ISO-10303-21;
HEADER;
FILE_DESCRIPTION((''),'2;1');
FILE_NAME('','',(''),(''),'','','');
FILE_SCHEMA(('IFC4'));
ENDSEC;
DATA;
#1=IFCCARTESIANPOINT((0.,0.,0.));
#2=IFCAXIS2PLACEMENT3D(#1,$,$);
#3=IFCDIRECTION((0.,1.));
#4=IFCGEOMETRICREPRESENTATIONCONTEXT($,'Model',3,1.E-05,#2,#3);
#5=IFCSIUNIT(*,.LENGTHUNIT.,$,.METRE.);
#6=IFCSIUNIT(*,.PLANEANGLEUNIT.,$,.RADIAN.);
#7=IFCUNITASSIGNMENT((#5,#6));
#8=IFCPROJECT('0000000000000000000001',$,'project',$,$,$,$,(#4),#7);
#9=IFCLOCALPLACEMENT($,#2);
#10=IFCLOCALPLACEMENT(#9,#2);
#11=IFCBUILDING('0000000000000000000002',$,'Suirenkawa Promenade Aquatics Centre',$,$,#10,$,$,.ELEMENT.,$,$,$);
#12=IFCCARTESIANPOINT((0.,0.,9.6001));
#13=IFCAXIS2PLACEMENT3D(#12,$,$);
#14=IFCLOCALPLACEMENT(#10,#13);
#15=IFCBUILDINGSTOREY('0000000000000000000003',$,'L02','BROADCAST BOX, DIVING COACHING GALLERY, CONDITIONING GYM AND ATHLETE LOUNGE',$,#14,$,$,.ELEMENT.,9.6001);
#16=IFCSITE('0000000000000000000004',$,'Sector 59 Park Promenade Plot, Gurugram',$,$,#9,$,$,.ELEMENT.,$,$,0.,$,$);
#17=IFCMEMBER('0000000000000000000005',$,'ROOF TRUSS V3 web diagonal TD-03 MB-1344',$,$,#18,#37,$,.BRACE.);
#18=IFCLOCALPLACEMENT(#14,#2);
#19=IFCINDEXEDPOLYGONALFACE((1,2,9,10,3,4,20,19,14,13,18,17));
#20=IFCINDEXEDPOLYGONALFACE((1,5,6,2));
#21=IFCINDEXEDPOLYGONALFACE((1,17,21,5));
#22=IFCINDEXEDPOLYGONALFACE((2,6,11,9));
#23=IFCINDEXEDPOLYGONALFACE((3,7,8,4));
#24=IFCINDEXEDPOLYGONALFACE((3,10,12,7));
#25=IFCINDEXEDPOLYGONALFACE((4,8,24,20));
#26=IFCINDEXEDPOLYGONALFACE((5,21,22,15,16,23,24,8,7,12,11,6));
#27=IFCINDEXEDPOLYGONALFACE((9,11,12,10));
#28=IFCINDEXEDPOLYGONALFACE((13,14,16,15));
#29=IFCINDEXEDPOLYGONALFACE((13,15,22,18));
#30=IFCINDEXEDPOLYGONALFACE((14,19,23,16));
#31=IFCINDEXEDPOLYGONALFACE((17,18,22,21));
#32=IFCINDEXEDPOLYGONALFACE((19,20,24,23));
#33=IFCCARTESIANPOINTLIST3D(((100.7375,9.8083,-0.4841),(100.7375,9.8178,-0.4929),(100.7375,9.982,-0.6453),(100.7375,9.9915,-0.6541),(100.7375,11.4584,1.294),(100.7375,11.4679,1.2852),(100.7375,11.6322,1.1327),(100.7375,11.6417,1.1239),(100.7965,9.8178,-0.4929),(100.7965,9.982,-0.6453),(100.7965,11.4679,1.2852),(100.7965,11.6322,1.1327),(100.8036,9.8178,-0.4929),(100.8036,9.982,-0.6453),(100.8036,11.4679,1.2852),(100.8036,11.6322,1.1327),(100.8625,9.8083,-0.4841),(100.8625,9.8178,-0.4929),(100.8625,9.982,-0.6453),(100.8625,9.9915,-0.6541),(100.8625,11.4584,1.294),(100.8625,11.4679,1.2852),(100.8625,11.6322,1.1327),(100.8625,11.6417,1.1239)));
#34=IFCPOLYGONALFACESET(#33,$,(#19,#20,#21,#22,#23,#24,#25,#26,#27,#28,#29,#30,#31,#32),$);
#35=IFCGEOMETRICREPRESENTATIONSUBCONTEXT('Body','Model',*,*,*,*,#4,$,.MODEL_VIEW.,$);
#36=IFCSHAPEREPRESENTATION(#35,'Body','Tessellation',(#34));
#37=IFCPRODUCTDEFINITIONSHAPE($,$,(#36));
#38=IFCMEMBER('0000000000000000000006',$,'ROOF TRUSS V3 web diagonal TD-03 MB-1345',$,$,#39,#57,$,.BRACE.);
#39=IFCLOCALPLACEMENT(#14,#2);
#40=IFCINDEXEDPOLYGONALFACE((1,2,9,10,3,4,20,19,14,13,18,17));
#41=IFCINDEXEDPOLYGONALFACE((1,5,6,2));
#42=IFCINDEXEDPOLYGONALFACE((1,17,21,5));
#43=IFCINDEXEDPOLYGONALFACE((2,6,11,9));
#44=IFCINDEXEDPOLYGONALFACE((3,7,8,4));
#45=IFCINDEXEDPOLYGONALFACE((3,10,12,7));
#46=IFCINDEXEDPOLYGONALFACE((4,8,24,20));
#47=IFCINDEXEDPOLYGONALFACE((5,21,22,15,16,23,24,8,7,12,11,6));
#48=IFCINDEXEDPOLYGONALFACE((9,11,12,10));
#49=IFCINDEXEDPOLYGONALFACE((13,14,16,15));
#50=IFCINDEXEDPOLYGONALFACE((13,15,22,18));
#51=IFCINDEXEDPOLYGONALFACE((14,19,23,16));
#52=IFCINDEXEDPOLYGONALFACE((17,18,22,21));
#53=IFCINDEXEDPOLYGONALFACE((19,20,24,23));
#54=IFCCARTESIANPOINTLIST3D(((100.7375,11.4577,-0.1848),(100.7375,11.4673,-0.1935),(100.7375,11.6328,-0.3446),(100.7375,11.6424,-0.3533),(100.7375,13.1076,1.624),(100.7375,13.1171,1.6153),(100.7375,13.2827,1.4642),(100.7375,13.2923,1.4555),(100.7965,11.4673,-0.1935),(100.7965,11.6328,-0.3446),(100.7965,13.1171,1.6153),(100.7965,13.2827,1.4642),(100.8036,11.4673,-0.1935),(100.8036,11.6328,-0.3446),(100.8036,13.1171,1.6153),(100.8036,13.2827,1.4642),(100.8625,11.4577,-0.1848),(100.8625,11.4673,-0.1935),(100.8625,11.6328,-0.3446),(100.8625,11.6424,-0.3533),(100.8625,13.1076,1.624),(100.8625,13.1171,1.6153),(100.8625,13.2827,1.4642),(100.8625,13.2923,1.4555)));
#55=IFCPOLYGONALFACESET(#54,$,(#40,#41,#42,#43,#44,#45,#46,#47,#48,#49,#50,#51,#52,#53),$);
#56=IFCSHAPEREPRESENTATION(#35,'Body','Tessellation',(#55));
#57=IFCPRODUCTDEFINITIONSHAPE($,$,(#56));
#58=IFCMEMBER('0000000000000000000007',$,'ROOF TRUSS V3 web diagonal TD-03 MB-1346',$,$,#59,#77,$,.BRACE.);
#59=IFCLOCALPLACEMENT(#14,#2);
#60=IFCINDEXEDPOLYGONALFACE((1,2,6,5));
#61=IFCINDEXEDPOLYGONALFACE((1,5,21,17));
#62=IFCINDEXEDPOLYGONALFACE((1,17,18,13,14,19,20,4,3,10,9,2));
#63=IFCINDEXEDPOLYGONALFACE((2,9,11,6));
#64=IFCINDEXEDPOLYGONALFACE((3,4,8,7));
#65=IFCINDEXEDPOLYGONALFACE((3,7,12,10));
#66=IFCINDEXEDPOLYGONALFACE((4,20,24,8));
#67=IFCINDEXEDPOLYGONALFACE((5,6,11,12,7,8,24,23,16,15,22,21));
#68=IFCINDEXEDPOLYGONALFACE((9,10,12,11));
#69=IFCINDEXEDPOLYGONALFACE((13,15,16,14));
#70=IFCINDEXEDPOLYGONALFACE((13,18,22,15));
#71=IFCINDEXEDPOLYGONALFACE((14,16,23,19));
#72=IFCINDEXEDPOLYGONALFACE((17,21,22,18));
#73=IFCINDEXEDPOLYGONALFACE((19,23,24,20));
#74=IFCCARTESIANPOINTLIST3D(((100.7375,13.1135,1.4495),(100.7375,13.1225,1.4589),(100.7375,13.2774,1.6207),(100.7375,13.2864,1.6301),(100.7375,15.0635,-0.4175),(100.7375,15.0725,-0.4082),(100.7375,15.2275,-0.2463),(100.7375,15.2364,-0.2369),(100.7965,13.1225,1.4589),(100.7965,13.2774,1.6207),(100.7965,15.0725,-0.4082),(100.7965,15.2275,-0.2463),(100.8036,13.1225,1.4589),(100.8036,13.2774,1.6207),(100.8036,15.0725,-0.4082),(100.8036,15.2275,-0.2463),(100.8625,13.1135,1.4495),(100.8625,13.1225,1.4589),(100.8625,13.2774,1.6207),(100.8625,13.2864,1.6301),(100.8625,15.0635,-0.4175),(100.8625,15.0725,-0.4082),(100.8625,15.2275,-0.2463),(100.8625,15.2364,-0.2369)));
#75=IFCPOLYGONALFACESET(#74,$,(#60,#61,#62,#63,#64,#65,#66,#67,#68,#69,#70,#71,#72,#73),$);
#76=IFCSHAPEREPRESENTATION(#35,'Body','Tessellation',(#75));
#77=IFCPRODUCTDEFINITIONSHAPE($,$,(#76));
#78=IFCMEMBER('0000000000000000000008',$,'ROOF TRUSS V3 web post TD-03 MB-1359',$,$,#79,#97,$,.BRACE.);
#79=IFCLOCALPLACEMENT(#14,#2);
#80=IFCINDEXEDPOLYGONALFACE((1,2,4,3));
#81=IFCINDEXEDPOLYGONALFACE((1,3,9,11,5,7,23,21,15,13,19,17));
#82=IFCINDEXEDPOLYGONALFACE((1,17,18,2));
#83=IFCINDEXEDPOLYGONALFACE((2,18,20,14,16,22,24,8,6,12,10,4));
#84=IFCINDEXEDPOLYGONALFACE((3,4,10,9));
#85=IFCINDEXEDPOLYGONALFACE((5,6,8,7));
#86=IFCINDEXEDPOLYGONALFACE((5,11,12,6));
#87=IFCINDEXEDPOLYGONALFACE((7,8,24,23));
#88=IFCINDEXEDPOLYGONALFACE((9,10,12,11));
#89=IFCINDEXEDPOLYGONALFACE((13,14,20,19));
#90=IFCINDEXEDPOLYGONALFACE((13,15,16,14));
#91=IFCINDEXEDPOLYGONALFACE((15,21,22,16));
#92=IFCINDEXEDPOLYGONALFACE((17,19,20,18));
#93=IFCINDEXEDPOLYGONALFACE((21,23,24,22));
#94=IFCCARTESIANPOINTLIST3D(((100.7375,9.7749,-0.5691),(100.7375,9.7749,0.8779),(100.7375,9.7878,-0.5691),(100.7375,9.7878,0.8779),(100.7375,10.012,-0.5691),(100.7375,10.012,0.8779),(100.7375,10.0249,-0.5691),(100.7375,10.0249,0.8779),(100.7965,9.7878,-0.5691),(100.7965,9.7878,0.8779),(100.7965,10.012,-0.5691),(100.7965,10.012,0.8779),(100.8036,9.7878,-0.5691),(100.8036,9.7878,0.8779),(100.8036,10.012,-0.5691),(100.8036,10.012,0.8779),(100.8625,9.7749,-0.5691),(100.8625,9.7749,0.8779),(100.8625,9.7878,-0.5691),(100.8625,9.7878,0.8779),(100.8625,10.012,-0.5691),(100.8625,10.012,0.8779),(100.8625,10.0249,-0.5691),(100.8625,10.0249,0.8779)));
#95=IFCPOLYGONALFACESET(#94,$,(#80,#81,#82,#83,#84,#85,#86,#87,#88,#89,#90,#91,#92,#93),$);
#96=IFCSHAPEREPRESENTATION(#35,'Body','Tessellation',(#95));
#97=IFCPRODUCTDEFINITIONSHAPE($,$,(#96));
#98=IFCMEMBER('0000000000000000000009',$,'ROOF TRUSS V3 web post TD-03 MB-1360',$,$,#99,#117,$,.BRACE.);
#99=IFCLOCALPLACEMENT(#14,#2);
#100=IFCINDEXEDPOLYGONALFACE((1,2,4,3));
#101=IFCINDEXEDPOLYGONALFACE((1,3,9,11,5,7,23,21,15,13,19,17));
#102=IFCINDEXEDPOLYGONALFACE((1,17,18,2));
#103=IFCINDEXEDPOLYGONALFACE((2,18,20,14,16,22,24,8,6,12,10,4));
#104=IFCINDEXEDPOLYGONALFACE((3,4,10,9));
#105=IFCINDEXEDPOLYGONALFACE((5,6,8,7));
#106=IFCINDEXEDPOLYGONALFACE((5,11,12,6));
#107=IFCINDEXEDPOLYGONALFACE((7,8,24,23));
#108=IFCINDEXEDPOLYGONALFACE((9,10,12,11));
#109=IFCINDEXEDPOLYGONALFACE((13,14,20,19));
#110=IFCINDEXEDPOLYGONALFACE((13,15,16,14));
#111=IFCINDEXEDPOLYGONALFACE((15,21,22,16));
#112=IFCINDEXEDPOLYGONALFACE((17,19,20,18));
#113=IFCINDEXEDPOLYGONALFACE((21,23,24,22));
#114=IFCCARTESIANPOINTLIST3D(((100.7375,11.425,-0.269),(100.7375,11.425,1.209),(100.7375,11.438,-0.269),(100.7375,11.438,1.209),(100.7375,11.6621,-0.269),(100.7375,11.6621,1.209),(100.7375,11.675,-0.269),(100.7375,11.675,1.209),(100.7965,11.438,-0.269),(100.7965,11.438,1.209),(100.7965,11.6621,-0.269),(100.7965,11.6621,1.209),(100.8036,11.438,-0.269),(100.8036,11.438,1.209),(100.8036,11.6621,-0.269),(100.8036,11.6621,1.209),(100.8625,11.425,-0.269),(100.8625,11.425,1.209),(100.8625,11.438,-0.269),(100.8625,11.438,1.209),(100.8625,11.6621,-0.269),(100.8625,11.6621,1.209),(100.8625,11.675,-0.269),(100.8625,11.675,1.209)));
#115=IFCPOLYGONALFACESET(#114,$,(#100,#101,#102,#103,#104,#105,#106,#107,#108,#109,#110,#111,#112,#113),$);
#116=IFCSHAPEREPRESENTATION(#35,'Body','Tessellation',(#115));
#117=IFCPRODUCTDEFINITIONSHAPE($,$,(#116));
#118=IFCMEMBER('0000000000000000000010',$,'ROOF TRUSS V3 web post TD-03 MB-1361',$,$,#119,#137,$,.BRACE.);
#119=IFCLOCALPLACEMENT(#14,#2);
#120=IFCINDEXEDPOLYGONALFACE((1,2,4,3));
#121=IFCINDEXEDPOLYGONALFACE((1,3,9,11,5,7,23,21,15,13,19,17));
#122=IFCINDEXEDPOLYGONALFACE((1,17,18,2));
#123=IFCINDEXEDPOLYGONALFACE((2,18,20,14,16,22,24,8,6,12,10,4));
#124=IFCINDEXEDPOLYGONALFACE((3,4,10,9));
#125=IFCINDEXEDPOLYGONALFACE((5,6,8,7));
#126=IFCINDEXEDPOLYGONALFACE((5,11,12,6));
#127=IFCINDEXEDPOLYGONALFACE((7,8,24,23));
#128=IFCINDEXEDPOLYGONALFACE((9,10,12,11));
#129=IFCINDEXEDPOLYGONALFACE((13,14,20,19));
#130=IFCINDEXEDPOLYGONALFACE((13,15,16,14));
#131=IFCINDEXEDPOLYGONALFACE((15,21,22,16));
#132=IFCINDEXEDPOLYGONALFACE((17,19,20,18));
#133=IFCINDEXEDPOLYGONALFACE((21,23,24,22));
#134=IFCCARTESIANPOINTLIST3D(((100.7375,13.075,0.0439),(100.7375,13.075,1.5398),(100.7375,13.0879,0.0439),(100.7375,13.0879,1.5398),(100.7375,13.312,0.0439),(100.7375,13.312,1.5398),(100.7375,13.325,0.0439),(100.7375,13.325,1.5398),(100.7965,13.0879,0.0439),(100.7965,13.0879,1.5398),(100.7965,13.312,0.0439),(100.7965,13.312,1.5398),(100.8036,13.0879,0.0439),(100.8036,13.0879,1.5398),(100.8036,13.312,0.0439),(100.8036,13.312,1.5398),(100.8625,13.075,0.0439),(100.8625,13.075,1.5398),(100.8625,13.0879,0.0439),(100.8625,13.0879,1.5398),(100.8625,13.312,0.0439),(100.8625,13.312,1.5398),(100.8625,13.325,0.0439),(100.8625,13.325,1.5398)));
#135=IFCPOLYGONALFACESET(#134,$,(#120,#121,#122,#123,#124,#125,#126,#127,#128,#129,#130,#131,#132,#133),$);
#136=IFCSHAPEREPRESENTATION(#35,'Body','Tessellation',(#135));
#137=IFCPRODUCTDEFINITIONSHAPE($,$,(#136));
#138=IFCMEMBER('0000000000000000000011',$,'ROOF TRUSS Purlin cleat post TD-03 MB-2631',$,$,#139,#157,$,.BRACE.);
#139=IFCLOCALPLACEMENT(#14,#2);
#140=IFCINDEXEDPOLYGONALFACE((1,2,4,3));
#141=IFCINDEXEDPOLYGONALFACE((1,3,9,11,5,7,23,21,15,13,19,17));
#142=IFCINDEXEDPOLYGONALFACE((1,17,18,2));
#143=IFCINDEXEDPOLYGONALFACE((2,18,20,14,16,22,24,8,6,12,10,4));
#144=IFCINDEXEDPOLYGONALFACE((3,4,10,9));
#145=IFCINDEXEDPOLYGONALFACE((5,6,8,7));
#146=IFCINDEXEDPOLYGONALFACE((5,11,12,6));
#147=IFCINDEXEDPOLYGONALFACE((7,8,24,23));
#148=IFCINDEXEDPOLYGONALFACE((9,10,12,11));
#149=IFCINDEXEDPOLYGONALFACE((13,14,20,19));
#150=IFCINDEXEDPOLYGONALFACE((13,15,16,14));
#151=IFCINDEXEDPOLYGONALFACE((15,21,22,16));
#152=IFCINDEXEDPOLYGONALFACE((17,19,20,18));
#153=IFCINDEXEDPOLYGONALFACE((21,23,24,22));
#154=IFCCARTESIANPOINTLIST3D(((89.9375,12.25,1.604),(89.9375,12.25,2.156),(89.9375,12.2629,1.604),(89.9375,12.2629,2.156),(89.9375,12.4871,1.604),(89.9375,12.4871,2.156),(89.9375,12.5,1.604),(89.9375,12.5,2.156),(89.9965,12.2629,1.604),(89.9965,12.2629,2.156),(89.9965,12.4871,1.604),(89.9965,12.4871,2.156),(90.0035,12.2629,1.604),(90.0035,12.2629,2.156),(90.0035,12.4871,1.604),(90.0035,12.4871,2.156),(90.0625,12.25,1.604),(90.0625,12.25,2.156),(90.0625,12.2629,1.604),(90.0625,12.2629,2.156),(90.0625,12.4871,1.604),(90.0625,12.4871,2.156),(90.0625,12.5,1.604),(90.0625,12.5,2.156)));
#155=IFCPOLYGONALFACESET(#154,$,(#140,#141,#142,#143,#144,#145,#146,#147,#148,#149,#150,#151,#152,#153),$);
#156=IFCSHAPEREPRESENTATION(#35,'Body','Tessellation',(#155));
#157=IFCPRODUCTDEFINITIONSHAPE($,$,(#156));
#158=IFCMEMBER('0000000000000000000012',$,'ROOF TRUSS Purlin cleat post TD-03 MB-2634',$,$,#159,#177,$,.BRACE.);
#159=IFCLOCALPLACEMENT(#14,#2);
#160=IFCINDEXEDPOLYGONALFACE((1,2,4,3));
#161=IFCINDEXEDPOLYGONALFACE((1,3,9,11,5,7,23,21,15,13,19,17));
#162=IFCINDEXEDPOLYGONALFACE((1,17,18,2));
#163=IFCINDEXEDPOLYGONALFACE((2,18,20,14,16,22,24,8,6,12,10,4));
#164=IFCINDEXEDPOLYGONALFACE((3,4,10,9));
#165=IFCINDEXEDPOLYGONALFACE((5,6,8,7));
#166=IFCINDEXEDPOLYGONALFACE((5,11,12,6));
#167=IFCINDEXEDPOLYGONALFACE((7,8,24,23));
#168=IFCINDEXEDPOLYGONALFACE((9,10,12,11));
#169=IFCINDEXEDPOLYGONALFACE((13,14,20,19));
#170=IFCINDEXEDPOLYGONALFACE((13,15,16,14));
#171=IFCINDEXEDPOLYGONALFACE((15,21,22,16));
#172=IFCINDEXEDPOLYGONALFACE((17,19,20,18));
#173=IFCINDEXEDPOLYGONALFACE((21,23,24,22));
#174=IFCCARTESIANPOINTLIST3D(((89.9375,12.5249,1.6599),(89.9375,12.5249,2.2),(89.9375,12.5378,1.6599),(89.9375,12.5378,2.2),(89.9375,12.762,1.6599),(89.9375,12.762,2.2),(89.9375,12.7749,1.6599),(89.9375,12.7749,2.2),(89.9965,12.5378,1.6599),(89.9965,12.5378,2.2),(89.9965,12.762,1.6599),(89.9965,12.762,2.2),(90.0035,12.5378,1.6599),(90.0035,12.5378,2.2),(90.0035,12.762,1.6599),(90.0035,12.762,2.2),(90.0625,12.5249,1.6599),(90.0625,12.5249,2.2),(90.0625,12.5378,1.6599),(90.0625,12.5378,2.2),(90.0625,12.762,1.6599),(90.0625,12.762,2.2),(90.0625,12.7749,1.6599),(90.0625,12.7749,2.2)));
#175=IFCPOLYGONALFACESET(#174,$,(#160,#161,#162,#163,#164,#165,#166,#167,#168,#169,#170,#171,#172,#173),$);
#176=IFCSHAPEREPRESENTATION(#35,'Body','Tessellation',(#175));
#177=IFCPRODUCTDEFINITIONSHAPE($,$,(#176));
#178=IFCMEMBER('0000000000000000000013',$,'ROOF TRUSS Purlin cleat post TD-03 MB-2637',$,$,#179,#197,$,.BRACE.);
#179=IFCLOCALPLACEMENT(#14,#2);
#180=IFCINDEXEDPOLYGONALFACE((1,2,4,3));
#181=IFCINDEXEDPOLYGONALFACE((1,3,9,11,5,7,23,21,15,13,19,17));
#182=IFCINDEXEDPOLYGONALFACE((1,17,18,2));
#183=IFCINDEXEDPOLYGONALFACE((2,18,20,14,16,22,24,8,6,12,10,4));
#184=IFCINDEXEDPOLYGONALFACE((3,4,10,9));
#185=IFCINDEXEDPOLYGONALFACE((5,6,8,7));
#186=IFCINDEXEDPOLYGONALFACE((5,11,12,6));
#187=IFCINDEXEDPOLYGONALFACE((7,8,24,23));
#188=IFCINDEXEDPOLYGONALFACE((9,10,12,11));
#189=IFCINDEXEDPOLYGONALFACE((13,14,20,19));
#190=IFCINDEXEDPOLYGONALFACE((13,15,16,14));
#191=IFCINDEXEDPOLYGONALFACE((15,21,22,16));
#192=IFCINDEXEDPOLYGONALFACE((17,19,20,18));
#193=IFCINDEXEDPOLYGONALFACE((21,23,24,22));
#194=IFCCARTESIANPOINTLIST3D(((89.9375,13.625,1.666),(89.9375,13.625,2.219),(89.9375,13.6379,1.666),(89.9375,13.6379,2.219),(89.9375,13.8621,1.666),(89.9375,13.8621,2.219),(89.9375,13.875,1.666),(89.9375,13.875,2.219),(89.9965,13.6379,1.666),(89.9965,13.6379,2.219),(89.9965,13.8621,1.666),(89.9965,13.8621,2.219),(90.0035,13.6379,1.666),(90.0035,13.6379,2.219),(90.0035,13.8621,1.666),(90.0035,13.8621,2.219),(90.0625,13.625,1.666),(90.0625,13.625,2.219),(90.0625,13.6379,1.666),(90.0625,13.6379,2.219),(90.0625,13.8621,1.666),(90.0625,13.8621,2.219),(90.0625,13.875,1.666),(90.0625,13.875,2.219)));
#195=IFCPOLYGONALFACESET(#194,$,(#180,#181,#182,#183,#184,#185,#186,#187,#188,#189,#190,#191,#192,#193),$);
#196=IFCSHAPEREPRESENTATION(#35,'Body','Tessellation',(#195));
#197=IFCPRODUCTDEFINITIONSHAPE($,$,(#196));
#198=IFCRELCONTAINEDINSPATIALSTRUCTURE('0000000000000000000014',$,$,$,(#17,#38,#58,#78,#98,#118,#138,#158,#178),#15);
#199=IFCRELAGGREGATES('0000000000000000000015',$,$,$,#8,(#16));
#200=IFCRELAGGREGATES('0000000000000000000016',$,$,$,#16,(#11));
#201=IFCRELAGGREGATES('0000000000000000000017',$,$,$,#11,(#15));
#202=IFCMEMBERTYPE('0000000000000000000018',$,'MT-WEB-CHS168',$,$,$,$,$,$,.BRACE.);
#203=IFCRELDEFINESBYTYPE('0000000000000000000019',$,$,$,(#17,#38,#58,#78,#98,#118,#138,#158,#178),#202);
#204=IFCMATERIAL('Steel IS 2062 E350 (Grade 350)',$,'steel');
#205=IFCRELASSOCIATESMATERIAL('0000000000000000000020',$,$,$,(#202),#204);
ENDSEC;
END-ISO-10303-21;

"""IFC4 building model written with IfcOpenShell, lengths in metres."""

from ifc_helpers import new_model, si_unit, direction, frame, origin, origin_2d, place, context, subcontext, project, spatial, i_section, extrude, material, material_profile, profile_set, type_object, element, save


model = new_model("IFC4")

# Units and contexts
model_context = context("Model", 3, precision=1e-05, world=origin(), true_north=direction((0.0, 1.0)))
body_context = subcontext(model_context, "Body", "Model", "MODEL_VIEW")
ifc_project = project(units=[si_unit("LENGTHUNIT", "METRE"), si_unit("PLANEANGLEUNIT", "RADIAN")], contexts=[model_context])

# Site, building, storey
site_placement = place(None, origin())
site = spatial("IfcSite", under=ifc_project, at=site_placement, Name="Sector 59 Park Promenade Plot, Gurugram", CompositionType="ELEMENT", RefElevation=0.0)
building_placement = place(site_placement, origin())
building = spatial("IfcBuilding", under=site, at=building_placement, Name="Suirenkawa Promenade Aquatics Centre", CompositionType="ELEMENT")
storey_placement = place(building_placement, frame((0.0, 0.0, 9.6001)))
storey = spatial("IfcBuildingStorey", under=building, at=storey_placement, Name="L02", Description="BROADCAST BOX, DIVING COACHING GALLERY, CONDITIONING GYM AND ATHLETE LOUNGE", CompositionType="ELEMENT", Elevation=9.6001)

# Shared definitions
ifc_material_1 = material(Name="Steel IS 2062 E350 (Grade 350)", Category="steel")

# Members
ifc_material_profile_1 = material_profile(ifc_material_1, i_section(OverallWidth=0.125, OverallDepth=0.25, WebThickness=0.0071, FlangeThickness=0.0129, at=origin_2d()), Name="ISMB 250", Category="steel")
ifc_profile_set_1 = profile_set([ifc_material_profile_1], Name="Steel IS 2062 E350 (Grade 350)")
member_type_1 = type_object("IfcMemberType", Name="MT-WEB-CHS168", PredefinedType="BRACE", material=ifc_profile_set_1)
member_1_placement = place(storey_placement, frame((100.8, 9.8999, -0.5691), z_axis=(0.0, 0.680246, 0.732983), x_axis=(-1.0, 0.0, 0.0)))
element("IfcMember", 1, at=member_1_placement, inside=storey, type_object=member_type_1, Name="ROOF TRUSS V3 web diagonal TD-03 MB-1344", PredefinedType="BRACE", context=body_context, shape_type="SweptSolid", body=[
    extrude(i_section(OverallWidth=0.125, OverallDepth=0.25, WebThickness=0.0071, FlangeThickness=0.0129, at=origin_2d()), origin(), (0.0, 0.0, 1.0), 2.4258),
])
member_2_placement = place(storey_placement, frame((100.8, 11.55, -0.269), z_axis=(0.0, 0.673903, 0.73882), x_axis=(-1.0, 0.0, 0.0)))
element("IfcMember", 2, at=member_2_placement, inside=storey, type_object=member_type_1, Name="ROOF TRUSS V3 web diagonal TD-03 MB-1345", PredefinedType="BRACE", context=body_context, shape_type="SweptSolid", body=[
    extrude(i_section(OverallWidth=0.125, OverallDepth=0.25, WebThickness=0.0071, FlangeThickness=0.0129, at=origin_2d()), origin(), (0.0, 0.0, 1.0), 2.4482),
])
member_3_placement = place(storey_placement, frame((100.8, 13.2, 1.5398), z_axis=(0.0, 0.722314, -0.691565), x_axis=(-1.0, 0.0, 0.0)))
element("IfcMember", 3, at=member_3_placement, inside=storey, type_object=member_type_1, Name="ROOF TRUSS V3 web diagonal TD-03 MB-1346", PredefinedType="BRACE", context=body_context, shape_type="SweptSolid", body=[
    extrude(i_section(OverallWidth=0.125, OverallDepth=0.25, WebThickness=0.0071, FlangeThickness=0.0129, at=origin_2d()), origin(), (0.0, 0.0, 1.0), 2.6997),
])
member_4_placement = place(storey_placement, frame((100.8, 9.8999, -0.5691), z_axis=(0.0, 0.0, 1.0), x_axis=(1.0, 0.0, 0.0)))
element("IfcMember", 4, at=member_4_placement, inside=storey, type_object=member_type_1, Name="ROOF TRUSS V3 web post TD-03 MB-1359", PredefinedType="BRACE", context=body_context, shape_type="SweptSolid", body=[
    extrude(i_section(OverallWidth=0.125, OverallDepth=0.25, WebThickness=0.0071, FlangeThickness=0.0129, at=origin_2d()), origin(), (0.0, 0.0, 1.0), 1.447),
])
member_5_placement = place(storey_placement, frame((100.8, 11.55, -0.269), z_axis=(0.0, 0.0, 1.0), x_axis=(1.0, 0.0, 0.0)))
element("IfcMember", 5, at=member_5_placement, inside=storey, type_object=member_type_1, Name="ROOF TRUSS V3 web post TD-03 MB-1360", PredefinedType="BRACE", context=body_context, shape_type="SweptSolid", body=[
    extrude(i_section(OverallWidth=0.125, OverallDepth=0.25, WebThickness=0.0071, FlangeThickness=0.0129, at=origin_2d()), origin(), (0.0, 0.0, 1.0), 1.478),
])
member_6_placement = place(storey_placement, frame((100.8, 13.2, 0.0439), z_axis=(0.0, 0.0, 1.0), x_axis=(1.0, 0.0, 0.0)))
element("IfcMember", 6, at=member_6_placement, inside=storey, type_object=member_type_1, Name="ROOF TRUSS V3 web post TD-03 MB-1361", PredefinedType="BRACE", context=body_context, shape_type="SweptSolid", body=[
    extrude(i_section(OverallWidth=0.125, OverallDepth=0.25, WebThickness=0.0071, FlangeThickness=0.0129, at=origin_2d()), origin(), (0.0, 0.0, 1.0), 1.4958),
])
member_7_placement = place(storey_placement, frame((90.0, 12.375, 1.604), z_axis=(0.0, 0.0, 1.0), x_axis=(1.0, 0.0, 0.0)))
element("IfcMember", 7, at=member_7_placement, inside=storey, type_object=member_type_1, Name="ROOF TRUSS Purlin cleat post TD-03 MB-2631", PredefinedType="BRACE", context=body_context, shape_type="SweptSolid", body=[
    extrude(i_section(OverallWidth=0.125, OverallDepth=0.25, WebThickness=0.0071, FlangeThickness=0.0129, at=origin_2d()), origin(), (0.0, 0.0, 1.0), 0.552),
])
member_8_placement = place(storey_placement, frame((90.0, 12.6499, 1.6599), z_axis=(0.0, 0.0, 1.0), x_axis=(1.0, 0.0, 0.0)))
element("IfcMember", 8, at=member_8_placement, inside=storey, type_object=member_type_1, Name="ROOF TRUSS Purlin cleat post TD-03 MB-2634", PredefinedType="BRACE", context=body_context, shape_type="SweptSolid", body=[
    extrude(i_section(OverallWidth=0.125, OverallDepth=0.25, WebThickness=0.0071, FlangeThickness=0.0129, at=origin_2d()), origin(), (0.0, 0.0, 1.0), 0.54),
])
member_9_placement = place(storey_placement, frame((90.0, 13.75, 1.666), z_axis=(0.0, 0.0, 1.0), x_axis=(1.0, 0.0, 0.0)))
element("IfcMember", 9, at=member_9_placement, inside=storey, type_object=member_type_1, Name="ROOF TRUSS Purlin cleat post TD-03 MB-2637", PredefinedType="BRACE", context=body_context, shape_type="SweptSolid", body=[
    extrude(i_section(OverallWidth=0.125, OverallDepth=0.25, WebThickness=0.0071, FlangeThickness=0.0129, at=origin_2d()), origin(), (0.0, 0.0, 1.0), 0.553),
])

save(model, "model.ifc")
